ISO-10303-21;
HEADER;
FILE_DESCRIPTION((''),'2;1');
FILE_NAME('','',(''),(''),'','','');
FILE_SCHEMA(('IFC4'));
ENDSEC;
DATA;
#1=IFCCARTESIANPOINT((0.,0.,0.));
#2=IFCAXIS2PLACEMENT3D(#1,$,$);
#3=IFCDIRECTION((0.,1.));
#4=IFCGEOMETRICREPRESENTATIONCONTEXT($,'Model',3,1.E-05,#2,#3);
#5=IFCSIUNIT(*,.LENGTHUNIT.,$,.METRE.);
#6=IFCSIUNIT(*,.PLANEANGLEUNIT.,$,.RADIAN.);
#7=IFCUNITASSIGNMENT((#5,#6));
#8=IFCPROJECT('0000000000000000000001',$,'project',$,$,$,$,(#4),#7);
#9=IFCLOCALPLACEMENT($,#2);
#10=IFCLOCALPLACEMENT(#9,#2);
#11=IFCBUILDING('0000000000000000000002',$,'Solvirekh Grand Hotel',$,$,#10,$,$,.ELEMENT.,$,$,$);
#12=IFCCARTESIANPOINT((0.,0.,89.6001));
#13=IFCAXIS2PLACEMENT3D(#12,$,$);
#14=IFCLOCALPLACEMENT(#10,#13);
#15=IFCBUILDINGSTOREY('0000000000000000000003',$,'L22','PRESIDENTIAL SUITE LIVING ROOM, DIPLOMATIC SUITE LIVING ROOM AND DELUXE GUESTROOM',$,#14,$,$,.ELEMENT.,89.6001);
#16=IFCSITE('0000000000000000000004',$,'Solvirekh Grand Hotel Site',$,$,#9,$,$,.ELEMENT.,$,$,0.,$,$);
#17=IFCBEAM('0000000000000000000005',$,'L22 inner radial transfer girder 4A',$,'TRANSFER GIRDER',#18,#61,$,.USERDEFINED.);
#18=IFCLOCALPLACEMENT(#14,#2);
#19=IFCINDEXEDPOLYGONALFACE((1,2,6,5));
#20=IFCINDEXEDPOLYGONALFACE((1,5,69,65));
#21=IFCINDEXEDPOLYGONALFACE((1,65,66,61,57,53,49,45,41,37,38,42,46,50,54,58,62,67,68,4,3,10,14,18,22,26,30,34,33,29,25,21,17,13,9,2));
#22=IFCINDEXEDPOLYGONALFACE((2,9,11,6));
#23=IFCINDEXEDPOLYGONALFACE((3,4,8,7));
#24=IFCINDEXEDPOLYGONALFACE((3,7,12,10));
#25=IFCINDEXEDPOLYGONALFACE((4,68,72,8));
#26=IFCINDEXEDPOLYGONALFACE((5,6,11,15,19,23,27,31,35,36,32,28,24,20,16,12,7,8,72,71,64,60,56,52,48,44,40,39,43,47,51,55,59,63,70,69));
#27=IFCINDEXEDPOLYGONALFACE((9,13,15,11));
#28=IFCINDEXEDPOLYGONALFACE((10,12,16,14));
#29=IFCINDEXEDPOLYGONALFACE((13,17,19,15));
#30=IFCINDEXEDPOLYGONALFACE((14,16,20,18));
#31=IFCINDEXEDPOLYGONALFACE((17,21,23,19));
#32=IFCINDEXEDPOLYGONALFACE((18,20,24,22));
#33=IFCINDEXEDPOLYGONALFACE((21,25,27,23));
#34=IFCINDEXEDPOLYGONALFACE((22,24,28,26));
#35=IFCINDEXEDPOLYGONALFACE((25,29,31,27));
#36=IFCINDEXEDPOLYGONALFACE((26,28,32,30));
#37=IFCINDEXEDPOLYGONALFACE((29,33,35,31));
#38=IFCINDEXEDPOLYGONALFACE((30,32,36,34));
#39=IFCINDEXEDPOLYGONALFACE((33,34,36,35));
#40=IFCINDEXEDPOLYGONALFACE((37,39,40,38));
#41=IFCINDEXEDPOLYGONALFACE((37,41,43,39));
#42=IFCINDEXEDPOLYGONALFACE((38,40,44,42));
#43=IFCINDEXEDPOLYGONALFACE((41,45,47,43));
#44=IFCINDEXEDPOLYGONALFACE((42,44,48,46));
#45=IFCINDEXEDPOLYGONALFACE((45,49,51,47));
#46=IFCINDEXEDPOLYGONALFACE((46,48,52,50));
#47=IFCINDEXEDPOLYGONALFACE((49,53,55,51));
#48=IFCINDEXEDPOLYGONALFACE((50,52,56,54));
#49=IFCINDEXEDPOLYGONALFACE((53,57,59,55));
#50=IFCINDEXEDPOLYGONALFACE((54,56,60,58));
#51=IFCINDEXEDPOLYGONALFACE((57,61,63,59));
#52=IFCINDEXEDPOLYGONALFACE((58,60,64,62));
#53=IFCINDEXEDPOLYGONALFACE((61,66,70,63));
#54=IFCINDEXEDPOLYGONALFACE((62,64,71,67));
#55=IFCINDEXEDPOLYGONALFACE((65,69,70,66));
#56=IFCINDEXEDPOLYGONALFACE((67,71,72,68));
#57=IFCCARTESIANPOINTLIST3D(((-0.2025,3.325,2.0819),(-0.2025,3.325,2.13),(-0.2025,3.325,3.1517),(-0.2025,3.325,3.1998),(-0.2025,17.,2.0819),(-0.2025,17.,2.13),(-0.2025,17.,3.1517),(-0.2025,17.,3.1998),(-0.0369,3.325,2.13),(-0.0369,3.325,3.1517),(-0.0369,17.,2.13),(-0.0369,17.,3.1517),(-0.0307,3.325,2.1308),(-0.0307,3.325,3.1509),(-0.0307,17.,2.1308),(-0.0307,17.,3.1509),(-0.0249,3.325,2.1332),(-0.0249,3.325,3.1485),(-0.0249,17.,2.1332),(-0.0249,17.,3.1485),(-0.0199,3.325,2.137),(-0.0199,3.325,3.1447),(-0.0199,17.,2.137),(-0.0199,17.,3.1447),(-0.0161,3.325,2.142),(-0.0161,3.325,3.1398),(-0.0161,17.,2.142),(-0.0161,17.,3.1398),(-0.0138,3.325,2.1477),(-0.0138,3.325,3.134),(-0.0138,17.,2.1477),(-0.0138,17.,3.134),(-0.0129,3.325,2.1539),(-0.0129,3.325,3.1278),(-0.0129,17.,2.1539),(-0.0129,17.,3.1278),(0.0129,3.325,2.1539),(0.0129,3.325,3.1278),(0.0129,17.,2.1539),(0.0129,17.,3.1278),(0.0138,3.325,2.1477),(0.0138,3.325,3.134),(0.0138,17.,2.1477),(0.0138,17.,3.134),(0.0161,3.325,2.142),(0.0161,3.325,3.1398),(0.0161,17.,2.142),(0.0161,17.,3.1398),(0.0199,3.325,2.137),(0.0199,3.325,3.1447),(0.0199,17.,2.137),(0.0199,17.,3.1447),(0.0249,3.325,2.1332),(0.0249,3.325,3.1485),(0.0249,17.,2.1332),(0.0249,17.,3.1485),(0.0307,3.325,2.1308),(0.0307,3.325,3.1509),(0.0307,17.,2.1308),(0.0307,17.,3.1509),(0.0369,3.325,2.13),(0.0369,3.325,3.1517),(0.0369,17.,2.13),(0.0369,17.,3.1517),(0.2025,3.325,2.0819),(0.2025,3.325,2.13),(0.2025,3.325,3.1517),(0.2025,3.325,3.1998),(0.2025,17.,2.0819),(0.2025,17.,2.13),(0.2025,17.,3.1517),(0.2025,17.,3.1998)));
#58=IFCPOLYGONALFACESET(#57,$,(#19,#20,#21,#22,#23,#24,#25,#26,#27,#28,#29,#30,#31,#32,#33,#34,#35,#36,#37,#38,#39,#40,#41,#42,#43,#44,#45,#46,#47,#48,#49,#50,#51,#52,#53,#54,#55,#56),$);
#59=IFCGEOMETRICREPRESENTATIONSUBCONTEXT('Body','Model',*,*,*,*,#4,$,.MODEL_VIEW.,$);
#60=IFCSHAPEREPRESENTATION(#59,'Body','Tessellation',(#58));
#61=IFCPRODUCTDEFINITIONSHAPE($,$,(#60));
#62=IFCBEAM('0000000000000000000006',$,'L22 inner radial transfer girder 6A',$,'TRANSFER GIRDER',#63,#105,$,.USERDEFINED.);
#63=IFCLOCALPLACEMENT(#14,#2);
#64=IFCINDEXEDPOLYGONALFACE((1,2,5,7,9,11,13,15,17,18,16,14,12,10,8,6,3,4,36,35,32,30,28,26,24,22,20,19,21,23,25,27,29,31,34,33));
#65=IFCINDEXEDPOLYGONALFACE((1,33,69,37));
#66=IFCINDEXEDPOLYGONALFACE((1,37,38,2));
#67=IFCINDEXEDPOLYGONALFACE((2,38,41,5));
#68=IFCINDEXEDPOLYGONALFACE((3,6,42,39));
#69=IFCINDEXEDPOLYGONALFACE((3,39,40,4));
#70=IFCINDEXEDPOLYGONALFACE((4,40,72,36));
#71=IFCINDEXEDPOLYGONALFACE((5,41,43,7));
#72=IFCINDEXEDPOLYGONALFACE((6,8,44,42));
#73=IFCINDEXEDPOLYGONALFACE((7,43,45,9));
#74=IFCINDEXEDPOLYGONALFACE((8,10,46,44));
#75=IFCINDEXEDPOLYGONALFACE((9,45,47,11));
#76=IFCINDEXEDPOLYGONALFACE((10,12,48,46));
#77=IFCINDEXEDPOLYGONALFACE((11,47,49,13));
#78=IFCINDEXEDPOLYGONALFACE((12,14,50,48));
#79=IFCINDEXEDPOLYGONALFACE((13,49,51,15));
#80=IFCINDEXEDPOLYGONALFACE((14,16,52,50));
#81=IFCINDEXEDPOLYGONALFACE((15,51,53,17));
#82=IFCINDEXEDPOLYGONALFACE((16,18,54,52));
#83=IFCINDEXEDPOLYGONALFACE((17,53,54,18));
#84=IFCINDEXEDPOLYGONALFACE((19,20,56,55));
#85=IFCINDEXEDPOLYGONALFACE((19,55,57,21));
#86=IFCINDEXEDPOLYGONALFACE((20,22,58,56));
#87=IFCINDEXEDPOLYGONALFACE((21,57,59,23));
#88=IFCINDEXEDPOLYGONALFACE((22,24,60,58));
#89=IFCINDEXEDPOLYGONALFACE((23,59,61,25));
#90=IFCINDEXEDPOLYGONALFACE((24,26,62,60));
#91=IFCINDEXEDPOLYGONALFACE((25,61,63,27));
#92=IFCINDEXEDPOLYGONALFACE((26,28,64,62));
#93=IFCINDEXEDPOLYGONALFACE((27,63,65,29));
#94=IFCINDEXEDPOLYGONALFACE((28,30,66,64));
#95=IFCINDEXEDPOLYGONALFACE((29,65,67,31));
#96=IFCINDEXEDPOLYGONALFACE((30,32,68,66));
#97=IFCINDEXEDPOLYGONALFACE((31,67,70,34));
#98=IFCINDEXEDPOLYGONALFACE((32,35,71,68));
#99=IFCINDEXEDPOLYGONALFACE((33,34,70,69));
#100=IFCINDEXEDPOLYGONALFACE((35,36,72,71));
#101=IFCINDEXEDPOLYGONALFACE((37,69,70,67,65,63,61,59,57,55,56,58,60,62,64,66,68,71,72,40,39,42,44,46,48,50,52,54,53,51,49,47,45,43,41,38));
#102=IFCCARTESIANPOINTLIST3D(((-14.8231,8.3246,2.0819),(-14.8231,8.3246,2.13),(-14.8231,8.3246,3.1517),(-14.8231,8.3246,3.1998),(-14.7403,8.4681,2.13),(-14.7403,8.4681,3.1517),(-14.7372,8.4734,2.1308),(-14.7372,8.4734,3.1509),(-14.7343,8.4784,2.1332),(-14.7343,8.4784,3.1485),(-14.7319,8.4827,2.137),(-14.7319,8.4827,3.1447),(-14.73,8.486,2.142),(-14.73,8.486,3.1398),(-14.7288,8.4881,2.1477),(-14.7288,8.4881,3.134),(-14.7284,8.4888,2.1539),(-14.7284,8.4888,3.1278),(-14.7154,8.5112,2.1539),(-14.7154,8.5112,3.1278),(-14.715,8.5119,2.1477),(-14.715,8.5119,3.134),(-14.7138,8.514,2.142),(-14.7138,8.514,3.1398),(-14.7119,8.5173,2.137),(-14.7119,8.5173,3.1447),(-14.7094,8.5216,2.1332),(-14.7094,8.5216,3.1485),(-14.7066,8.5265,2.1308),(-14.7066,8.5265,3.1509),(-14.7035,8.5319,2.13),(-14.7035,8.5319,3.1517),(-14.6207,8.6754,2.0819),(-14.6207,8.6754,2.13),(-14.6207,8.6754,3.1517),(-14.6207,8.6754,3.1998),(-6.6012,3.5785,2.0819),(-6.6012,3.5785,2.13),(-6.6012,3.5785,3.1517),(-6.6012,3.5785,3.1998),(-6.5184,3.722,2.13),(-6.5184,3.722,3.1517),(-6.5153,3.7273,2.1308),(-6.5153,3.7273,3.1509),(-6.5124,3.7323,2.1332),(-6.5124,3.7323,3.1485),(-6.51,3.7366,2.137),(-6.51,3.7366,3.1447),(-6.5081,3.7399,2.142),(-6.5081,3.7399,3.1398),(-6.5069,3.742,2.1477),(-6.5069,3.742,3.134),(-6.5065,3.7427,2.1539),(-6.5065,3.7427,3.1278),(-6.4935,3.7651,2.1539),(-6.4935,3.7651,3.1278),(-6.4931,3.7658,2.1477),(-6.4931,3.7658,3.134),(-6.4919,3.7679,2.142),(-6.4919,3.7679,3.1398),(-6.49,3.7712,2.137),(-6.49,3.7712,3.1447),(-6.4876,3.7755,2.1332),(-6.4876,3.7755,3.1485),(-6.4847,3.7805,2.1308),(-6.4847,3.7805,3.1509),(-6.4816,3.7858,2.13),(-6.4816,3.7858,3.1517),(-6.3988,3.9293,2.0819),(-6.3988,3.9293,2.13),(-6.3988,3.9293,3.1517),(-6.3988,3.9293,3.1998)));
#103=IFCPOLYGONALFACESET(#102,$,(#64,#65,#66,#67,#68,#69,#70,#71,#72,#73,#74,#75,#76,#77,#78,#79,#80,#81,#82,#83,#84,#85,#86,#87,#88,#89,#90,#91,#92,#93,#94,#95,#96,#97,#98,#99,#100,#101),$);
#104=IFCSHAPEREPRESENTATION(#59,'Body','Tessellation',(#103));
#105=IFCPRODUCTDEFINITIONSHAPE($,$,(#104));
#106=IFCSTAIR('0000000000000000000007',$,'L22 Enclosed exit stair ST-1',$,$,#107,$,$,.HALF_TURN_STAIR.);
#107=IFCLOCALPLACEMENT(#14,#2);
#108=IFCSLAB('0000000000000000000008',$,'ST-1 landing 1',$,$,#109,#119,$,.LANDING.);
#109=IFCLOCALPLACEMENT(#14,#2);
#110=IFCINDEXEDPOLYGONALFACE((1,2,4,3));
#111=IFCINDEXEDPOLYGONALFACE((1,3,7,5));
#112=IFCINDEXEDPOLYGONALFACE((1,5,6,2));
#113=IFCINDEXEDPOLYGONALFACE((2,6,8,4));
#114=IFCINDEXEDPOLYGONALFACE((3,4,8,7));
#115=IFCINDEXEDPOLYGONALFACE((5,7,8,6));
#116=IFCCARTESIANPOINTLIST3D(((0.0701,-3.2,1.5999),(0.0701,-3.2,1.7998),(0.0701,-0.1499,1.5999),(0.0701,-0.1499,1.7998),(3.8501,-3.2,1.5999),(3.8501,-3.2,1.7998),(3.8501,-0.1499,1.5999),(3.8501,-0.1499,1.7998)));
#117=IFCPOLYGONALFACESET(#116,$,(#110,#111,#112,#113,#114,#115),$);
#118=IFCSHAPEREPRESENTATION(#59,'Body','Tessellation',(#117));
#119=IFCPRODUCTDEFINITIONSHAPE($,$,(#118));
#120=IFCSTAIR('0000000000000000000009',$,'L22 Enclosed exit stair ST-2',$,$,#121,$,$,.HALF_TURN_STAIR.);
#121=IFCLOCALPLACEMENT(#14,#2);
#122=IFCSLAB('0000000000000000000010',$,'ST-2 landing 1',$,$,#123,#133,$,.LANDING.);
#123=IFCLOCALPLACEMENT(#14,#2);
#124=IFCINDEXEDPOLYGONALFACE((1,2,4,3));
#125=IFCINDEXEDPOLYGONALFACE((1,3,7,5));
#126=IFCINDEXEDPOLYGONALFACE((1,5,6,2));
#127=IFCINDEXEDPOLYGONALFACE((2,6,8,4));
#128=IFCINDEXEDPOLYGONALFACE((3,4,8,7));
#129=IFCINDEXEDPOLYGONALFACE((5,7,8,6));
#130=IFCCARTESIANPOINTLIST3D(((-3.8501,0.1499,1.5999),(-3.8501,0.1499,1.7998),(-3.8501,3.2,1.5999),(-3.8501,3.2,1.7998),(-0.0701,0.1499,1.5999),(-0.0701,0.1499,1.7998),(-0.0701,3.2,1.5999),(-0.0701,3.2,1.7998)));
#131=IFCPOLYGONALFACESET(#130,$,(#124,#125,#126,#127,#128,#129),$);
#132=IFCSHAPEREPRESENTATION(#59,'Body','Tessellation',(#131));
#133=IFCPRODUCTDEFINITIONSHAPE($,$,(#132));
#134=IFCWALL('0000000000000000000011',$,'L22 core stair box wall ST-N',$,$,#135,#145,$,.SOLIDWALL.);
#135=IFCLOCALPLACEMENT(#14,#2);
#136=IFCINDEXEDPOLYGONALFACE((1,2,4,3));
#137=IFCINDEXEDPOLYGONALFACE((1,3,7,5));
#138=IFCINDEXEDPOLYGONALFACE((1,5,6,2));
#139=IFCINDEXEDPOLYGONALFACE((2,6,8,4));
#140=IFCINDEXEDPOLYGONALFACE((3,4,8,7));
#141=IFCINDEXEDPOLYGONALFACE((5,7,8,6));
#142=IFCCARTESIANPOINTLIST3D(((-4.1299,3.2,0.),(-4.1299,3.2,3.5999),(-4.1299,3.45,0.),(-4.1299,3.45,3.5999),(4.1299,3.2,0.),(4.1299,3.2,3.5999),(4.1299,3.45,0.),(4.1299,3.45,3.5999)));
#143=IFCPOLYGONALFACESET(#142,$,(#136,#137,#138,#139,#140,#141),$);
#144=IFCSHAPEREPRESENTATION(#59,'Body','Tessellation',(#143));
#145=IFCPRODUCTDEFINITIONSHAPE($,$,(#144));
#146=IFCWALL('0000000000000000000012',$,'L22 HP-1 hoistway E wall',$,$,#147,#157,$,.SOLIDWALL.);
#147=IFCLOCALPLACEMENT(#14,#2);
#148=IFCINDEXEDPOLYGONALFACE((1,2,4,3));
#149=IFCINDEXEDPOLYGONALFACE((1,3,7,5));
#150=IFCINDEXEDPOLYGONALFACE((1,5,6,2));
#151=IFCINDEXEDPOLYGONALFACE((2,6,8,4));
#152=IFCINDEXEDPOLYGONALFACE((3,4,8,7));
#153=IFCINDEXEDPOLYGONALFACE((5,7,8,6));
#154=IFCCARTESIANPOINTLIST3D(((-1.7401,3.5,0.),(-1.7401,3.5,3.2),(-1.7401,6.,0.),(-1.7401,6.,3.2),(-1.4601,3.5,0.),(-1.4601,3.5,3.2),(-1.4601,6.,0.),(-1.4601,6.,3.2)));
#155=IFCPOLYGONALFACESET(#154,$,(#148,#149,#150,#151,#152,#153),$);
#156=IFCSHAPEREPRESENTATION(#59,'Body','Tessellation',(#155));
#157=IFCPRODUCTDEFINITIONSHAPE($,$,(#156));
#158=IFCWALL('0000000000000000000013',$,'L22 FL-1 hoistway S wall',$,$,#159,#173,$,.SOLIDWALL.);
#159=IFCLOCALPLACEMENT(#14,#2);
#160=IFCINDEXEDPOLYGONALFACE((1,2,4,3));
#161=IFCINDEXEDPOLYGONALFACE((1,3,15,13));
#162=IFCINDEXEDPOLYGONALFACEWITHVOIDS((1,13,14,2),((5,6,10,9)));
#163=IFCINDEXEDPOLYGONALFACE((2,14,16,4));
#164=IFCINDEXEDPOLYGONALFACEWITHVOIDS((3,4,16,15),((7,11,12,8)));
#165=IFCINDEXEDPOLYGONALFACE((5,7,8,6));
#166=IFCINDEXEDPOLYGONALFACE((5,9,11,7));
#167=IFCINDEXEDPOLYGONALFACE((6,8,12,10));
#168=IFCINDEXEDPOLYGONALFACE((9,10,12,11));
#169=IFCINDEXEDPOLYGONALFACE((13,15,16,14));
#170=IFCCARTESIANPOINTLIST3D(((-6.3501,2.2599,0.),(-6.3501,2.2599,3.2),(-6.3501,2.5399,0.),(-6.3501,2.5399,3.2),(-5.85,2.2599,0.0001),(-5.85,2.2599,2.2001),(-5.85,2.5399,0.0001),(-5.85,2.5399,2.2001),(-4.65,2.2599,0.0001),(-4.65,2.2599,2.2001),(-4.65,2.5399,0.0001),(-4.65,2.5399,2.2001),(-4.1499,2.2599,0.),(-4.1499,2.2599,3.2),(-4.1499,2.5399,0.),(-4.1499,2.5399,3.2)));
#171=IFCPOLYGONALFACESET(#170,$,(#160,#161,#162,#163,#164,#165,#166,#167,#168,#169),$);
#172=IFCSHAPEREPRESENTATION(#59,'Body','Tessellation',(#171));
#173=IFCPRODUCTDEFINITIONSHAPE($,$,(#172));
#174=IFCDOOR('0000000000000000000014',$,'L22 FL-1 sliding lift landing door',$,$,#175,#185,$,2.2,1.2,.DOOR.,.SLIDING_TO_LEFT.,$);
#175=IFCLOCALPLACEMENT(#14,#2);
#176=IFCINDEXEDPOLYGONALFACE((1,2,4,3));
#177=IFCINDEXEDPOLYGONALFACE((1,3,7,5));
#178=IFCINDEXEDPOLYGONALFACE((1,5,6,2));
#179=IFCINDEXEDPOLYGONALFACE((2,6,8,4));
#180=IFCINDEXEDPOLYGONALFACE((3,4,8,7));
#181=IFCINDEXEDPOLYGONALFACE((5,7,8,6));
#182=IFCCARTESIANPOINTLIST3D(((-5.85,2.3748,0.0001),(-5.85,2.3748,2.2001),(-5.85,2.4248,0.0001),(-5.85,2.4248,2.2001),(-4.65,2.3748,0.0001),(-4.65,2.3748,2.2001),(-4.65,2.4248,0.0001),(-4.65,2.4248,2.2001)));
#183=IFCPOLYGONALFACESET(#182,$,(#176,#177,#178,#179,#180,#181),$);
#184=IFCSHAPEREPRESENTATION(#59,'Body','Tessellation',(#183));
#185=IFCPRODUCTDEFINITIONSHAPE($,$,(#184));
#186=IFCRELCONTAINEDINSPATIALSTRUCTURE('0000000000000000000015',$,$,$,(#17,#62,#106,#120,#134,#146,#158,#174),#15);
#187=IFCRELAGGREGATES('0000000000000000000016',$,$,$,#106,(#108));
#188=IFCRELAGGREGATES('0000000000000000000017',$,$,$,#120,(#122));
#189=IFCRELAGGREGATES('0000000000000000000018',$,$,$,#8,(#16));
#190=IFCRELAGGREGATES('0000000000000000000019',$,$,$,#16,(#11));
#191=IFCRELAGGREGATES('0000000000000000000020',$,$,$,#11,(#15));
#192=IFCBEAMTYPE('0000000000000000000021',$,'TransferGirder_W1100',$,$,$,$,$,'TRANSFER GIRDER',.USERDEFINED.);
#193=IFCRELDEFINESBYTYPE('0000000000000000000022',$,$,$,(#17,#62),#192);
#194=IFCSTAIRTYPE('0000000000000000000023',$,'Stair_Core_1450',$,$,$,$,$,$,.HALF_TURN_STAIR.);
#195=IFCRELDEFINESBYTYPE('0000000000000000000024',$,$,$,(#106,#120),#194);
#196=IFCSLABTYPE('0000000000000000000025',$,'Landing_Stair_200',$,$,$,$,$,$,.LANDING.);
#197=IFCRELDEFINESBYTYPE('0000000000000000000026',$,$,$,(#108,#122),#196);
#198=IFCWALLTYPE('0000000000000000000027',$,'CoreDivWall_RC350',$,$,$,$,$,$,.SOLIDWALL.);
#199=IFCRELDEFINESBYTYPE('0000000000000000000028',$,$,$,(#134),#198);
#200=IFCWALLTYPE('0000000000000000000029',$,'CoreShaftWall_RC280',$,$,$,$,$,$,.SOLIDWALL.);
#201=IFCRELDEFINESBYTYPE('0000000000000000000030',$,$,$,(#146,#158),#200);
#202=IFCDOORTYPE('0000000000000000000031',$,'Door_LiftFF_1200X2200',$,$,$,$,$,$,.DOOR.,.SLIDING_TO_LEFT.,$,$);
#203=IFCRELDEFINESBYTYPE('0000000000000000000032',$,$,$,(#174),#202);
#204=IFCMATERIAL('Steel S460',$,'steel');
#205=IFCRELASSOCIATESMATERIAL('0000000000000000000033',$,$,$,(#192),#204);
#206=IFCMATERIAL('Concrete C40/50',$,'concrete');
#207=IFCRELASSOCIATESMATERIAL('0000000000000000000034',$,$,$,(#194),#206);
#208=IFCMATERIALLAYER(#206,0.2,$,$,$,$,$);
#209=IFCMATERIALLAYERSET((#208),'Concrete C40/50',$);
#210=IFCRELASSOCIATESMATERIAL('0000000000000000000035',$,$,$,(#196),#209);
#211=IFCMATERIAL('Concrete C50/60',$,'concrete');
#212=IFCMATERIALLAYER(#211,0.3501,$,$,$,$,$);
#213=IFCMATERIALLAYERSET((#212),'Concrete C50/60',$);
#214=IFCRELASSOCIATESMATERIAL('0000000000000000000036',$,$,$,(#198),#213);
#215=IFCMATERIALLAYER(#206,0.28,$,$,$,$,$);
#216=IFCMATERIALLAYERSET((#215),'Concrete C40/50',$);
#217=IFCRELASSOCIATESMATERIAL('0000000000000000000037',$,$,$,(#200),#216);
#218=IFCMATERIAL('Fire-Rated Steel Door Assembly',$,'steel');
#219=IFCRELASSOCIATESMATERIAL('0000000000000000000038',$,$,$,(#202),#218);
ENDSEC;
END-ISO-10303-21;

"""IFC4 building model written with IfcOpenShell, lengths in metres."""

from ifc_helpers import new_model, si_unit, direction, frame, frame_2d, origin, origin_2d, place, context, subcontext, project, spatial, polyline, rectangle, i_section, outline, extrude, material, layer, layer_set, material_profile, profile_set, type_object, element, fill, aggregate, save


model = new_model("IFC4")

# Units and contexts
model_context = context("Model", 3, precision=1e-05, world=origin(), true_north=direction((0.0, 1.0)))
body_context = subcontext(model_context, "Body", "Model", "MODEL_VIEW")
ifc_project = project(units=[si_unit("LENGTHUNIT", "METRE"), si_unit("PLANEANGLEUNIT", "RADIAN")], contexts=[model_context])

# Site, building, storey
site_placement = place(None, origin())
site = spatial("IfcSite", under=ifc_project, at=site_placement, Name="Solvirekh Grand Hotel Site", CompositionType="ELEMENT", RefElevation=0.0)
building_placement = place(site_placement, origin())
building = spatial("IfcBuilding", under=site, at=building_placement, Name="Solvirekh Grand Hotel", CompositionType="ELEMENT")
storey_placement = place(building_placement, frame((0.0, 0.0, 89.6001)))
storey = spatial("IfcBuildingStorey", under=building, at=storey_placement, Name="L22", Description="PRESIDENTIAL SUITE LIVING ROOM, DIPLOMATIC SUITE LIVING ROOM AND DELUXE GUESTROOM", CompositionType="ELEMENT", Elevation=89.6001)

# Beams
ifc_material_1 = material(Name="Steel S460", Category="steel")
ifc_material_profile = material_profile(ifc_material_1, i_section(OverallWidth=0.405, OverallDepth=1.1179, WebThickness=0.0259, FlangeThickness=0.0481, FilletRadius=0.0239, at=origin_2d()), Name="W1100X499")
ifc_profile_set = profile_set([ifc_material_profile], Name="Steel S460")
beam_type = type_object("IfcBeamType", Name="TransferGirder_W1100", ElementType="TRANSFER GIRDER", PredefinedType="USERDEFINED", material=ifc_profile_set)
beam_1_placement = place(storey_placement, frame((0.0, 3.325, 2.6409), z_axis=(0.0, 1.0, 0.0), x_axis=(-1.0, 0.0, 0.0)))
element("IfcBeam", 1, at=beam_1_placement, inside=storey, type_object=beam_type, Name="L22 inner radial transfer girder 4A", ObjectType="TRANSFER GIRDER", PredefinedType="USERDEFINED", context=body_context, shape_type="SweptSolid", body=[
    extrude(i_section(OverallWidth=0.405, OverallDepth=1.1179, WebThickness=0.0259, FlangeThickness=0.0481, FilletRadius=0.0239, at=origin_2d()), origin(), (0.0, 0.0, 1.0), 13.675),
])
beam_2_placement = place(storey_placement, frame((-6.5, 3.7539, 2.6409), z_axis=(-0.866064, 0.499934, 0.0), x_axis=(-0.499934, -0.866064, 0.0)))
element("IfcBeam", 2, at=beam_2_placement, inside=storey, type_object=beam_type, Name="L22 inner radial transfer girder 6A", ObjectType="TRANSFER GIRDER", PredefinedType="USERDEFINED", context=body_context, shape_type="SweptSolid", body=[
    extrude(i_section(OverallWidth=0.405, OverallDepth=1.1179, WebThickness=0.0259, FlangeThickness=0.0481, FilletRadius=0.0239, at=origin_2d()), origin(), (0.0, 0.0, 1.0), 9.4934),
])

# Stairs, slabs
ifc_material_2 = material(Name="Concrete C40/50", Category="concrete")
stair_type = type_object("IfcStairType", Name="Stair_Core_1450", PredefinedType="HALF_TURN_STAIR", material=ifc_material_2)
stair_1_placement = place(storey_placement, origin())
stair_1 = element("IfcStair", 3, at=stair_1_placement, inside=storey, type_object=stair_type, Name="L22 Enclosed exit stair ST-1", PredefinedType="HALF_TURN_STAIR")
ifc_layer_1 = layer(ifc_material_2, 0.2)
ifc_layer_set_1 = layer_set([ifc_layer_1], Name="Concrete C40/50")
slab_type = type_object("IfcSlabType", Name="Landing_Stair_200", PredefinedType="LANDING", material=ifc_layer_set_1)
slab_1_placement = place(storey_placement, frame((0.0, 0.0, 1.5999)))
slab_1 = element("IfcSlab", 4, at=slab_1_placement, type_object=slab_type, Name="ST-1 landing 1", PredefinedType="LANDING", context=body_context, shape_type="SweptSolid", body=[
    extrude(outline(polyline([(0.0701, -3.2), (3.8501, -3.2), (3.8501, -0.1499), (0.0701, -0.1499), (0.0701, -3.2)])), origin(), (0.0, 0.0, 1.0), 0.2),
])
aggregate(stair_1, [slab_1])
stair_2_placement = place(storey_placement, origin())
stair_2 = element("IfcStair", 5, at=stair_2_placement, inside=storey, type_object=stair_type, Name="L22 Enclosed exit stair ST-2", PredefinedType="HALF_TURN_STAIR")
slab_2_placement = place(storey_placement, frame((0.0, 0.0, 1.5999)))
slab_2 = element("IfcSlab", 6, at=slab_2_placement, type_object=slab_type, Name="ST-2 landing 1", PredefinedType="LANDING", context=body_context, shape_type="SweptSolid", body=[
    extrude(outline(polyline([(-0.0701, 3.2), (-3.8501, 3.2), (-3.8501, 0.1499), (-0.0701, 0.1499), (-0.0701, 3.2)])), origin(), (0.0, 0.0, 1.0), 0.2),
])

# Walls
ifc_material_3 = material(Name="Concrete C50/60", Category="concrete")
ifc_layer_2 = layer(ifc_material_3, 0.3501)
ifc_layer_set_2 = layer_set([ifc_layer_2], Name="Concrete C50/60")
wall_type_1 = type_object("IfcWallType", Name="CoreDivWall_RC350", PredefinedType="SOLIDWALL", material=ifc_layer_set_2)
wall_1_placement = place(storey_placement, frame((-4.1299, 3.325, 0.0), z_axis=(0.0, 0.0, 1.0), x_axis=(1.0, 0.0, 0.0)))
element("IfcWall", 7, at=wall_1_placement, inside=storey, type_object=wall_type_1, Name="L22 core stair box wall ST-N", PredefinedType="SOLIDWALL", context=body_context, shape_type="SweptSolid", body=[
    extrude(rectangle(XDim=8.2598, YDim=0.25, at=frame_2d((4.1299, 0.0))), origin(), (0.0, 0.0, 1.0), 3.5999),
])
ifc_layer_3 = layer(ifc_material_2, 0.28)
ifc_layer_set_3 = layer_set([ifc_layer_3], Name="Concrete C40/50")
wall_type_2 = type_object("IfcWallType", Name="CoreShaftWall_RC280", PredefinedType="SOLIDWALL", material=ifc_layer_set_3)
wall_2_placement = place(storey_placement, frame((-1.6001, 3.5, 0.0), z_axis=(0.0, 0.0, 1.0), x_axis=(0.0, 1.0, 0.0)))
element("IfcWall", 8, at=wall_2_placement, inside=storey, type_object=wall_type_2, Name="L22 HP-1 hoistway E wall", PredefinedType="SOLIDWALL", context=body_context, shape_type="SweptSolid", body=[
    extrude(rectangle(XDim=2.5, YDim=0.28, at=frame_2d((1.25, 0.0))), origin(), (0.0, 0.0, 1.0), 3.2),
])

# Wall, opening, door
wall_3_placement = place(storey_placement, frame((-6.3501, 2.3999, 0.0), z_axis=(0.0, 0.0, 1.0), x_axis=(1.0, 0.0, 0.0)))
wall_3 = element("IfcWall", 9, at=wall_3_placement, inside=storey, type_object=wall_type_2, Name="L22 FL-1 hoistway S wall", PredefinedType="SOLIDWALL", context=body_context, shape_type="SweptSolid", body=[
    extrude(rectangle(XDim=2.2002, YDim=0.28, at=frame_2d((1.1001, 0.0))), origin(), (0.0, 0.0, 1.0), 3.2),
])
opening_1_placement = place(wall_3_placement, frame((0.5, 0.0, 0.0)))
opening_1 = element("IfcOpeningElement", 10, at=opening_1_placement, cuts=wall_3, PredefinedType="OPENING", context=body_context, shape_type="SweptSolid", body=[
    extrude(rectangle(XDim=1.2, YDim=2.2, at=frame_2d((0.6001, 1.1001))), frame((0.0, 0.1499, 0.0), z_axis=(0.0, -1.0, 0.0), x_axis=(1.0, 0.0, 0.0)), (0.0, 0.0, 1.0), 0.3),
])
ifc_material_4 = material(Name="Fire-Rated Steel Door Assembly", Category="steel")
door_type_1 = type_object("IfcDoorType", Name="Door_LiftFF_1200X2200", OperationType="SLIDING_TO_LEFT", PredefinedType="DOOR", material=ifc_material_4)
door_1_placement = place(opening_1_placement, origin())
door_1 = element("IfcDoor", 11, at=door_1_placement, inside=storey, type_object=door_type_1, Name="L22 FL-1 sliding lift landing door", OperationType="SLIDING_TO_LEFT", OverallHeight=2.2, OverallWidth=1.2, PredefinedType="DOOR", context=body_context, shape_type="SweptSolid", body=[
    extrude(rectangle(XDim=1.2, YDim=2.2, at=frame_2d((0.6001, 1.1001))), frame((0.0, 0.0249, 0.0), z_axis=(0.0, -1.0, 0.0), x_axis=(1.0, 0.0, 0.0)), (0.0, 0.0, 1.0), 0.05),
])
fill(opening_1, door_1)

aggregate(stair_2, [slab_2])

save(model, "model.ifc")
